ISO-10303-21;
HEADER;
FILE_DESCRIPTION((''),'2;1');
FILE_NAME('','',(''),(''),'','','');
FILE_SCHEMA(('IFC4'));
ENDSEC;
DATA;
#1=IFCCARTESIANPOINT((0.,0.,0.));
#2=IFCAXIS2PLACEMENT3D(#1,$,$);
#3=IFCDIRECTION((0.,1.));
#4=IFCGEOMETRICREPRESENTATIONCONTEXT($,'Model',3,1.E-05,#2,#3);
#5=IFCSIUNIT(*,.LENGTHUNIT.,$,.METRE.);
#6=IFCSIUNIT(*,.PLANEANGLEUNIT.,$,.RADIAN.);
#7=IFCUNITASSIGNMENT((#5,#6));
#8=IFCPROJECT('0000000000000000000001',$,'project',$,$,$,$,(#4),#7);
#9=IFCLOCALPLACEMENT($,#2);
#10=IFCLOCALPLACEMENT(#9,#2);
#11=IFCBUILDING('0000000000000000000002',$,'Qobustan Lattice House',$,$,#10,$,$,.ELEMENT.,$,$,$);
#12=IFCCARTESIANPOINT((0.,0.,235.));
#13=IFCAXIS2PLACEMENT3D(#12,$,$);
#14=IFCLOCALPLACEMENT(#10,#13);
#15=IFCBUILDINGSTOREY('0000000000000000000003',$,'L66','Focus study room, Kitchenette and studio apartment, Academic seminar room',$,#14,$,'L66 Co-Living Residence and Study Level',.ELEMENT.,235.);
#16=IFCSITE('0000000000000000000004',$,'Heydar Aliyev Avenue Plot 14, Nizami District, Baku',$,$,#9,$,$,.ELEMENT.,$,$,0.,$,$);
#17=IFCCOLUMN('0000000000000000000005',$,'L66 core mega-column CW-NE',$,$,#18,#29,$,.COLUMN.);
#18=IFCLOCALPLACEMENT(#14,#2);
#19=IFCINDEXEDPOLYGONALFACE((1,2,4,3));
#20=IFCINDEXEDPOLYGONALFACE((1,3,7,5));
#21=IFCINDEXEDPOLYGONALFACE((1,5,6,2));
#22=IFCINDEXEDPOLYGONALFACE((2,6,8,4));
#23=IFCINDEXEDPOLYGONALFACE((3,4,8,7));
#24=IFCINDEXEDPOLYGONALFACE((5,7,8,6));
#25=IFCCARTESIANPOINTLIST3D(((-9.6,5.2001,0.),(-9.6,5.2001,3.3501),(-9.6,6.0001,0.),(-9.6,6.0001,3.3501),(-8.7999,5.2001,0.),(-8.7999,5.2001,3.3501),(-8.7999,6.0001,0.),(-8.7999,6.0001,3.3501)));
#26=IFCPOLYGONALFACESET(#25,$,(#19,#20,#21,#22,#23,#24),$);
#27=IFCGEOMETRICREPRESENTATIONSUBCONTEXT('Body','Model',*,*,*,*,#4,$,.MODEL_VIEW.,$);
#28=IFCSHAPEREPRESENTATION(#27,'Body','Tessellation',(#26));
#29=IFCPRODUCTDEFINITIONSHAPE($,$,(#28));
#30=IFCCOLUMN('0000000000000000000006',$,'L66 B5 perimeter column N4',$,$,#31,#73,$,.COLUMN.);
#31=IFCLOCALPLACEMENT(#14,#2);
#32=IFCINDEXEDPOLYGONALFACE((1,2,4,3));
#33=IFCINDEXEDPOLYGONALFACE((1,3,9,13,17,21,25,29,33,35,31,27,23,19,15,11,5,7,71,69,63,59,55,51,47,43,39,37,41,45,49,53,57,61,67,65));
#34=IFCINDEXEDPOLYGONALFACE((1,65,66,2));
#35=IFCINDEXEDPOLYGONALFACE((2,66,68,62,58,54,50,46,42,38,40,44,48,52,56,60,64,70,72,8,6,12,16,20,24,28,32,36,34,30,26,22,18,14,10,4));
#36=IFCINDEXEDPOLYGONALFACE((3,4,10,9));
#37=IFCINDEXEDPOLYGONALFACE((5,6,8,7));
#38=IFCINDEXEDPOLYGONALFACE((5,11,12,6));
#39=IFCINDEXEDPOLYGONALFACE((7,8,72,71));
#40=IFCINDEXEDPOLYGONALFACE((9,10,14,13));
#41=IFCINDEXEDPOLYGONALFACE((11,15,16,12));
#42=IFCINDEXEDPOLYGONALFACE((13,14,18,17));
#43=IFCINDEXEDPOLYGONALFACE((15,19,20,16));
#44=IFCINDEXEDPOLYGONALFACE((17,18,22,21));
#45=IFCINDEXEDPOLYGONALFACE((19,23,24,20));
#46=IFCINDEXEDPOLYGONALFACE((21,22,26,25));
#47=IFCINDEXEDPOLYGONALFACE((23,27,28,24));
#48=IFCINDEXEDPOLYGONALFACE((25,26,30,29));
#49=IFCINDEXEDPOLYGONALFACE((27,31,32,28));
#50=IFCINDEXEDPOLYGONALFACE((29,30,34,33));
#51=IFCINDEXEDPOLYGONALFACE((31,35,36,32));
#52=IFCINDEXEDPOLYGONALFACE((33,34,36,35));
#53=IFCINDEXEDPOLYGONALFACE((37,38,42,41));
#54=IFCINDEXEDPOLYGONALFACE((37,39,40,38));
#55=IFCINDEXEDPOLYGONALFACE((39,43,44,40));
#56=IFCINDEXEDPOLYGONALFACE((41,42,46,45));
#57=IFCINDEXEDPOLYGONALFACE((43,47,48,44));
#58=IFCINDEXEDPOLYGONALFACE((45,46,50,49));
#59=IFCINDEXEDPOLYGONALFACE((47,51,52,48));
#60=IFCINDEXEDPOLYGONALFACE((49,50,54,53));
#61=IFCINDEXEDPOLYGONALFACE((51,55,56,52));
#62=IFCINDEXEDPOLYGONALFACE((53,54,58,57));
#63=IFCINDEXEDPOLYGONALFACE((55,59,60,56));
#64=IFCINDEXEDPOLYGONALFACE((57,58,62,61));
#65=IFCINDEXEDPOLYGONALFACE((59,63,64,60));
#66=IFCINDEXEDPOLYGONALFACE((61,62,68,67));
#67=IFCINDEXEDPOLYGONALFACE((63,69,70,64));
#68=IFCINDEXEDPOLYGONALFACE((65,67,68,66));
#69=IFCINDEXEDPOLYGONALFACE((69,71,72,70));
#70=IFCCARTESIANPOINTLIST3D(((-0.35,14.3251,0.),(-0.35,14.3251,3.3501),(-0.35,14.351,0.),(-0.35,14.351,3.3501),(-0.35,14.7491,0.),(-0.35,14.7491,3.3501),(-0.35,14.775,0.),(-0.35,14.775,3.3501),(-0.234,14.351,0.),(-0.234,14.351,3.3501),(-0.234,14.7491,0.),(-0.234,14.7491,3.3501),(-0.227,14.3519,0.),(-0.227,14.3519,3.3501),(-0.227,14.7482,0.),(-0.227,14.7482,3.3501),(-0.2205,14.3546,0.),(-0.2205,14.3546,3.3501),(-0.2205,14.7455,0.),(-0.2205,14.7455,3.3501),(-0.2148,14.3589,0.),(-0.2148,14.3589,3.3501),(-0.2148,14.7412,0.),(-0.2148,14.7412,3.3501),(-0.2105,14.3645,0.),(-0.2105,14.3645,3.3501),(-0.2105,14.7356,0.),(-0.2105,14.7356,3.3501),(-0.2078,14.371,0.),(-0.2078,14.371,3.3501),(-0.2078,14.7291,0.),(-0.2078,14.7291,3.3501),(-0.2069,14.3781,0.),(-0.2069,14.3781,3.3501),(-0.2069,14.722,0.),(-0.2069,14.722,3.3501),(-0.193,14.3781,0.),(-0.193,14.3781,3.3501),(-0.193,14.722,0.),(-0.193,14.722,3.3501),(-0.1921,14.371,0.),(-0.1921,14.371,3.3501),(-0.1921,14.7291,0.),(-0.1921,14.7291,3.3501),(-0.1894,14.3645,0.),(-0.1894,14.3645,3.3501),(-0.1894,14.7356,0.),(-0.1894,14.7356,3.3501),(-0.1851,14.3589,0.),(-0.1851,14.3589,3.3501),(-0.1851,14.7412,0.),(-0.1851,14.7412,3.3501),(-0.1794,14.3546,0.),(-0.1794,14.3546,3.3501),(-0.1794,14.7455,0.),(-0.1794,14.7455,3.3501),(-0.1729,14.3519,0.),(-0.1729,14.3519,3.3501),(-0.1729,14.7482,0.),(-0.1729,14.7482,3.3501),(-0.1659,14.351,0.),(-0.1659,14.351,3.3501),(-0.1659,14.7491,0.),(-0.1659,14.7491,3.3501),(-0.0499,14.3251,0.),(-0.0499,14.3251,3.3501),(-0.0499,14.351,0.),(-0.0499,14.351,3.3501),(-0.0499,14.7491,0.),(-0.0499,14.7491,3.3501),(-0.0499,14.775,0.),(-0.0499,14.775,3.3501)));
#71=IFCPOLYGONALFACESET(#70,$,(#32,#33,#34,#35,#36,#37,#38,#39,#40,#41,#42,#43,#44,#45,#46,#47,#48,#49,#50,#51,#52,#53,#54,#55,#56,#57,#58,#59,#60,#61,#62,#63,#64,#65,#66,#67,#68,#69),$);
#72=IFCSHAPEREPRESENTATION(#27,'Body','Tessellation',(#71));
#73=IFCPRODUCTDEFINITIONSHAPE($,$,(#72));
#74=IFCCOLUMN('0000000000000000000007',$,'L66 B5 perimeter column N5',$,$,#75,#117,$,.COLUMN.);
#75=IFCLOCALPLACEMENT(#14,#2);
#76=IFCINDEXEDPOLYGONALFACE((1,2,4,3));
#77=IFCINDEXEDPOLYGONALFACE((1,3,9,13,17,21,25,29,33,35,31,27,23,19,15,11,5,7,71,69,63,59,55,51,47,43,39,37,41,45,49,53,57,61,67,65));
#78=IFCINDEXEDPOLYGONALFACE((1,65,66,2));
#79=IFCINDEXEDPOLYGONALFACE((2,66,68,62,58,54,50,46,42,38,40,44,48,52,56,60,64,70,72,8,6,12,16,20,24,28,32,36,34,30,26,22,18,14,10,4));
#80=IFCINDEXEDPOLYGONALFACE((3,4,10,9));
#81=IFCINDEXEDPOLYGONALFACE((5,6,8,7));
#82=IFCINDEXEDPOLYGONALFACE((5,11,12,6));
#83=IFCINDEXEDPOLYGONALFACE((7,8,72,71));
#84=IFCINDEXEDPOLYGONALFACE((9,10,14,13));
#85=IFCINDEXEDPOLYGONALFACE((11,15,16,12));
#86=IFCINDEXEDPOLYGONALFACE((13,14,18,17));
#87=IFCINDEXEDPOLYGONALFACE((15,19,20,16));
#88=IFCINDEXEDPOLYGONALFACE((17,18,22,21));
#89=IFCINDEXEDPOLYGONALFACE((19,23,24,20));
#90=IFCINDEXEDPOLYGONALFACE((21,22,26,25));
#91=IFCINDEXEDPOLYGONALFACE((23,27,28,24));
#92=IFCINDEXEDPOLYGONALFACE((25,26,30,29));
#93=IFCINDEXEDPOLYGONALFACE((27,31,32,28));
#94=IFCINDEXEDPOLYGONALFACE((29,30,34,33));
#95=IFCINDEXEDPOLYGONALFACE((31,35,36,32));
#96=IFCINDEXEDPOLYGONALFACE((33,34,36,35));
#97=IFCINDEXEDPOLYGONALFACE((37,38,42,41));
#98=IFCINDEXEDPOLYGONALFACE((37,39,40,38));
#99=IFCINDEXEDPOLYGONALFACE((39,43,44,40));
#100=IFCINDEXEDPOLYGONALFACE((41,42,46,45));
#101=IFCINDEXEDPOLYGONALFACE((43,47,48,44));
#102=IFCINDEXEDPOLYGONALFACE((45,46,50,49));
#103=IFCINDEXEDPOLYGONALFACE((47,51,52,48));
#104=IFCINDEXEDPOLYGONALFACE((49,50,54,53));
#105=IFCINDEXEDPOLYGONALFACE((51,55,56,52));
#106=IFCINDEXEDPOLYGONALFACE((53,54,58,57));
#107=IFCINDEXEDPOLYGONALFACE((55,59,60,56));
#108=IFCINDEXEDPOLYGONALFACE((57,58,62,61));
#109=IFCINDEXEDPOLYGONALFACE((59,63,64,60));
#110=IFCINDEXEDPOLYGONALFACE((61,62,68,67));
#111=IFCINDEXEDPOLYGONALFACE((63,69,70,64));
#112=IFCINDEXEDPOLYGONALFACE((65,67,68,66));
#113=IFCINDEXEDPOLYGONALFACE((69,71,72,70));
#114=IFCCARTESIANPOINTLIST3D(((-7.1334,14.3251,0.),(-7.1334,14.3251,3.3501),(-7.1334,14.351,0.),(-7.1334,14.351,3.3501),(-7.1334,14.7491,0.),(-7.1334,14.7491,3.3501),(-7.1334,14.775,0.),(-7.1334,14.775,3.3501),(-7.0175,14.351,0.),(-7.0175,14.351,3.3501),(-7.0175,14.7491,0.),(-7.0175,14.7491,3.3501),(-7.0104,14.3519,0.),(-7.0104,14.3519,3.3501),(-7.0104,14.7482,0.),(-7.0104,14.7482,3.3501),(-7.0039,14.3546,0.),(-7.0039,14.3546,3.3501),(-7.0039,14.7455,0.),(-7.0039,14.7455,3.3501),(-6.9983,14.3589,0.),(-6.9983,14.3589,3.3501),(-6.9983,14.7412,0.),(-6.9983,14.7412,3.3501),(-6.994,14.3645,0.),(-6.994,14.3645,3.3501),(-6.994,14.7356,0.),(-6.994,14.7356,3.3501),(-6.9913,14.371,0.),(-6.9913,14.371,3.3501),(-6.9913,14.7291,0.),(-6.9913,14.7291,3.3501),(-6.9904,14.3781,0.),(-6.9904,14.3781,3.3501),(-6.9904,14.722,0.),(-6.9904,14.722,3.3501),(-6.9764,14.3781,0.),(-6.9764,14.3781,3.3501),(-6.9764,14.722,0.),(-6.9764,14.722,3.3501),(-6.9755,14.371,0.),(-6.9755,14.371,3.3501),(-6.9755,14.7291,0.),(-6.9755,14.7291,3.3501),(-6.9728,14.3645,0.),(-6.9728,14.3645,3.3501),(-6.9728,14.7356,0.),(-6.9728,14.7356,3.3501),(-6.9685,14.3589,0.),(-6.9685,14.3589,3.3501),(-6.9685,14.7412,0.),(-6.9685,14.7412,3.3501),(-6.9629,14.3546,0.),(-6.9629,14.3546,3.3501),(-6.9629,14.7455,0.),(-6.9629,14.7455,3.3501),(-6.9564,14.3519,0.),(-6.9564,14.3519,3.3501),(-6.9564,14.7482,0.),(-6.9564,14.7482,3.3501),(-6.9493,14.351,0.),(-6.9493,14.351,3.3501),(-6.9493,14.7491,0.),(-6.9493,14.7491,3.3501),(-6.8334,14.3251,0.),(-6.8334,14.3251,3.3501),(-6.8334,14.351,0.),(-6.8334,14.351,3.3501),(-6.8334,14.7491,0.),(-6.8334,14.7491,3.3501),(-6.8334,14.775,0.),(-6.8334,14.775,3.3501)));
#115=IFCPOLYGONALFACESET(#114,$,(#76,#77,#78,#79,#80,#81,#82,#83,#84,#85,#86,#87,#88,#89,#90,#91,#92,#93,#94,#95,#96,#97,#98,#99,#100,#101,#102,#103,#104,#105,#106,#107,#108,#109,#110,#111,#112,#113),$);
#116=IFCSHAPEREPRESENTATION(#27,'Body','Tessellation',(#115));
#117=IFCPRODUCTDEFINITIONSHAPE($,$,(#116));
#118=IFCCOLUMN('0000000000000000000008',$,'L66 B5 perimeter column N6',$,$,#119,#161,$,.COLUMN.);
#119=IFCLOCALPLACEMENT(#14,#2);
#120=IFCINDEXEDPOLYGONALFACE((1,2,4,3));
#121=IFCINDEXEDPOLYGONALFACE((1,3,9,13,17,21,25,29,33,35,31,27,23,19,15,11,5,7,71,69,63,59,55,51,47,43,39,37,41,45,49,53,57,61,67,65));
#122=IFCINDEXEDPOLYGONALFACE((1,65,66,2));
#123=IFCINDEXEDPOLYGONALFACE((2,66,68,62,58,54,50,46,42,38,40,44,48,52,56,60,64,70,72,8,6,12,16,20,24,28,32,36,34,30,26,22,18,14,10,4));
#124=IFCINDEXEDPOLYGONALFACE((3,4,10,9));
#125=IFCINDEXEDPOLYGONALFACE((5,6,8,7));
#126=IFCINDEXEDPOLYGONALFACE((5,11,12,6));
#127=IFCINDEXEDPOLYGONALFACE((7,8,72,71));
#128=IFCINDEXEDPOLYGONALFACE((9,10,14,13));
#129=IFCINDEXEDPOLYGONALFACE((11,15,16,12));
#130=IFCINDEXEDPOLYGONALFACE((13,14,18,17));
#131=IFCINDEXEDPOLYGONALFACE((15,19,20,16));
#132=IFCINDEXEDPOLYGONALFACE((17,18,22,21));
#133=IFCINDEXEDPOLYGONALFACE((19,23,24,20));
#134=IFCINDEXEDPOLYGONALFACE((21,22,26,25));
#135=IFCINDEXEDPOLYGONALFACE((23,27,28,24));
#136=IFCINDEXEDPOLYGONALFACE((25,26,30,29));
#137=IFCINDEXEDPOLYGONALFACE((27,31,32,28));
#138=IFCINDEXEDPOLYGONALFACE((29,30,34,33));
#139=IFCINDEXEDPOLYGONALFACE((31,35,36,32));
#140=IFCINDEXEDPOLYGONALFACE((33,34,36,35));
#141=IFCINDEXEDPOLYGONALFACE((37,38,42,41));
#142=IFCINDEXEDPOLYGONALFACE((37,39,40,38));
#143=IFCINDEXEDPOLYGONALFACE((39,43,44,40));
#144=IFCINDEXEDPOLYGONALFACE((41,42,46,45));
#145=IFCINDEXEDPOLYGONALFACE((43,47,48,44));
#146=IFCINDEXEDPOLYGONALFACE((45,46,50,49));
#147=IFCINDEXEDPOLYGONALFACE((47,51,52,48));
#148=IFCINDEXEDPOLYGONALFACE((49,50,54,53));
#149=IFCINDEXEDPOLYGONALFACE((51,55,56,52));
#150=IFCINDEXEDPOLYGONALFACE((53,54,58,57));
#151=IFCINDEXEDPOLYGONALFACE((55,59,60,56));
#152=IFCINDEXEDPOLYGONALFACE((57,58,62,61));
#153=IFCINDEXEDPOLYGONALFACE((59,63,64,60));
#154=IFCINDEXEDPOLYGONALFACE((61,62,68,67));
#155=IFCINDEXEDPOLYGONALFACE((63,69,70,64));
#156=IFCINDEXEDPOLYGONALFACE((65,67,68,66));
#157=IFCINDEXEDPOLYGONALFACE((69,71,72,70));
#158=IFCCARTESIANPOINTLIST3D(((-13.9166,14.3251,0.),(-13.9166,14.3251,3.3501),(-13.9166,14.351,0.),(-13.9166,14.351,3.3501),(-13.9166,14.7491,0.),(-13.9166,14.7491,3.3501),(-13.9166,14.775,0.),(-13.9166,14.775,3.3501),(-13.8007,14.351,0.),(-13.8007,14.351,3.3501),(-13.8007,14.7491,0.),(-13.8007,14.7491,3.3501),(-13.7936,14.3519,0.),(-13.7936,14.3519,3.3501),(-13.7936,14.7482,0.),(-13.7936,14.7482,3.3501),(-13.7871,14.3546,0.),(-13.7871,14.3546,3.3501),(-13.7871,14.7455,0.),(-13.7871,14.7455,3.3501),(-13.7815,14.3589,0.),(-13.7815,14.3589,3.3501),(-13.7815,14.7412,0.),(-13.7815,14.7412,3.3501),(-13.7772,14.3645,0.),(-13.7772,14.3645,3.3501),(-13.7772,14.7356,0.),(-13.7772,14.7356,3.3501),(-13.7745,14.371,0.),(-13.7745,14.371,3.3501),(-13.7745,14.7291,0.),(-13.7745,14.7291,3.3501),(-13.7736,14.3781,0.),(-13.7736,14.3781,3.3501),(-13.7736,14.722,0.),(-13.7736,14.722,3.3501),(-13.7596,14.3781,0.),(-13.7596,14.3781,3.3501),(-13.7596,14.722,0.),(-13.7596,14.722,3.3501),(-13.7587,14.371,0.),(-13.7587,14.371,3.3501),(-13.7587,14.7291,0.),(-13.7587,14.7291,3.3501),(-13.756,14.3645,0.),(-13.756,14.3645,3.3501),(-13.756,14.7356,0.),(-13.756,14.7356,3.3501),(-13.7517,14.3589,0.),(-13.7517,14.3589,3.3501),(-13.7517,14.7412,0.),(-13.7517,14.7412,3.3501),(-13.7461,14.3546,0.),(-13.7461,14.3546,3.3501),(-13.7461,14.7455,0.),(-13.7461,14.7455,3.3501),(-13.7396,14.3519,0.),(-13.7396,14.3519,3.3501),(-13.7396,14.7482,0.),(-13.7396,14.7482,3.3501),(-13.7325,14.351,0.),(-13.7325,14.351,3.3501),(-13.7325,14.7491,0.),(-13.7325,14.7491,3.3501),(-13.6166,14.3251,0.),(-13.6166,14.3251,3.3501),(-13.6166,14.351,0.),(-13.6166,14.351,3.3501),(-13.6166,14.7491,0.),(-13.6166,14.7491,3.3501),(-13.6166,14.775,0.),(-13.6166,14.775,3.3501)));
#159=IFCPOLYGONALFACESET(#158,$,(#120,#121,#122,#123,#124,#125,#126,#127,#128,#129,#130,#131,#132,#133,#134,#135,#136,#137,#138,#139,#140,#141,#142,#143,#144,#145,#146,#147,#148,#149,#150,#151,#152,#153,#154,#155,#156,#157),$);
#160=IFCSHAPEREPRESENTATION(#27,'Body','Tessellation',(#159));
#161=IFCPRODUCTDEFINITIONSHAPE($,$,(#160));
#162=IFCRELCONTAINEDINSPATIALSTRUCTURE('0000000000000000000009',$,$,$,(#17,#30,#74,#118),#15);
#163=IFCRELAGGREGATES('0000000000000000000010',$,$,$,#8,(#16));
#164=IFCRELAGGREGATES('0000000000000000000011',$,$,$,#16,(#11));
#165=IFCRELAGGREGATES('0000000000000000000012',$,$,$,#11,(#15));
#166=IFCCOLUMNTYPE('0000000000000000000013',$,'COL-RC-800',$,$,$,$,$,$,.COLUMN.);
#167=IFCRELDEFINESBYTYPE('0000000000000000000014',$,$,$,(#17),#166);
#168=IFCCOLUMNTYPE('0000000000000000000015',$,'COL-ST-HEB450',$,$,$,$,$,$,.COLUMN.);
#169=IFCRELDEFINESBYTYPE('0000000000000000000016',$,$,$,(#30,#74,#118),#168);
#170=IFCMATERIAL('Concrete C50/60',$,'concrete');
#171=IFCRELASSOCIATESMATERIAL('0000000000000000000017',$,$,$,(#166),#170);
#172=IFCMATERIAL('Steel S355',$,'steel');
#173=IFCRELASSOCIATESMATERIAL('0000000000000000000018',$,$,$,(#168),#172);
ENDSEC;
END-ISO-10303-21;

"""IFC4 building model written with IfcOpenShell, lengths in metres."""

from ifc_helpers import new_model, si_unit, direction, frame, origin, origin_2d, place, context, subcontext, project, spatial, rectangle, i_section, extrude, material, material_profile, profile_set, type_object, element, save


model = new_model("IFC4")

# Units and contexts
model_context = context("Model", 3, precision=1e-05, world=origin(), true_north=direction((0.0, 1.0)))
body_context = subcontext(model_context, "Body", "Model", "MODEL_VIEW")
ifc_project = project(units=[si_unit("LENGTHUNIT", "METRE"), si_unit("PLANEANGLEUNIT", "RADIAN")], contexts=[model_context])

# Site, building, storey
site_placement = place(None, origin())
site = spatial("IfcSite", under=ifc_project, at=site_placement, Name="Heydar Aliyev Avenue Plot 14, Nizami District, Baku", CompositionType="ELEMENT", RefElevation=0.0)
building_placement = place(site_placement, origin())
building = spatial("IfcBuilding", under=site, at=building_placement, Name="Qobustan Lattice House", CompositionType="ELEMENT")
storey_placement = place(building_placement, frame((0.0, 0.0, 235.0)))
storey = spatial("IfcBuildingStorey", under=building, at=storey_placement, Name="L66", Description="Focus study room, Kitchenette and studio apartment, Academic seminar room", LongName="L66 Co-Living Residence and Study Level", CompositionType="ELEMENT", Elevation=235.0)

# Columns
ifc_material_1 = material(Name="Concrete C50/60", Category="concrete")
ifc_material_profile_1 = material_profile(ifc_material_1, rectangle(XDim=0.8, YDim=0.8, at=origin_2d()), Name="RC800x800")
ifc_profile_set_1 = profile_set([ifc_material_profile_1], Name="Concrete C50/60")
column_type_1 = type_object("IfcColumnType", Name="COL-RC-800", PredefinedType="COLUMN", material=ifc_profile_set_1)
column_placement = place(storey_placement, frame((-9.2, 5.6001, 0.0), z_axis=(0.0, 0.0, 1.0), x_axis=(1.0, 0.0, 0.0)))
element("IfcColumn", 1, at=column_placement, inside=storey, type_object=column_type_1, Name="L66 core mega-column CW-NE", PredefinedType="COLUMN", context=body_context, shape_type="SweptSolid", body=[
    extrude(rectangle(XDim=0.8, YDim=0.8, at=origin_2d()), origin(), (0.0, 0.0, 1.0), 3.3501),
])
ifc_material_2 = material(Name="Steel S355", Category="steel")
ifc_material_profile_2 = material_profile(ifc_material_2, i_section(OverallWidth=0.3, OverallDepth=0.45, WebThickness=0.0139, FlangeThickness=0.0259, FilletRadius=0.0271, at=origin_2d()), Name="HEB450")
ifc_profile_set_2 = profile_set([ifc_material_profile_2], Name="Steel S355")
column_type_2 = type_object("IfcColumnType", Name="COL-ST-HEB450", PredefinedType="COLUMN", material=ifc_profile_set_2)
for number, where, z_axis, x_axis, name in (
    (2, (-0.2, 14.55, 0.0), (0.0, 0.0, 1.0), (1.0, 0.0, 0.0), "L66 B5 perimeter column N4"),
    (3, (-6.9834, 14.55, 0.0), (0.0, 0.0, 1.0), (1.0, 0.0, 0.0), "L66 B5 perimeter column N5"),
    (4, (-13.7666, 14.55, 0.0), (0.0, 0.0, 1.0), (1.0, 0.0, 0.0), "L66 B5 perimeter column N6"),
):
    element("IfcColumn", number, at=place(storey_placement, frame(where, z_axis=z_axis, x_axis=x_axis)), inside=storey, type_object=column_type_2, Name=name, PredefinedType="COLUMN", context=body_context, shape_type="SweptSolid", body=[
        extrude(i_section(OverallWidth=0.3, OverallDepth=0.45, WebThickness=0.0139, FlangeThickness=0.0259, FilletRadius=0.0271, at=origin_2d()), origin(), (0.0, 0.0, 1.0), 3.3501),
    ])

save(model, "model.ifc")
